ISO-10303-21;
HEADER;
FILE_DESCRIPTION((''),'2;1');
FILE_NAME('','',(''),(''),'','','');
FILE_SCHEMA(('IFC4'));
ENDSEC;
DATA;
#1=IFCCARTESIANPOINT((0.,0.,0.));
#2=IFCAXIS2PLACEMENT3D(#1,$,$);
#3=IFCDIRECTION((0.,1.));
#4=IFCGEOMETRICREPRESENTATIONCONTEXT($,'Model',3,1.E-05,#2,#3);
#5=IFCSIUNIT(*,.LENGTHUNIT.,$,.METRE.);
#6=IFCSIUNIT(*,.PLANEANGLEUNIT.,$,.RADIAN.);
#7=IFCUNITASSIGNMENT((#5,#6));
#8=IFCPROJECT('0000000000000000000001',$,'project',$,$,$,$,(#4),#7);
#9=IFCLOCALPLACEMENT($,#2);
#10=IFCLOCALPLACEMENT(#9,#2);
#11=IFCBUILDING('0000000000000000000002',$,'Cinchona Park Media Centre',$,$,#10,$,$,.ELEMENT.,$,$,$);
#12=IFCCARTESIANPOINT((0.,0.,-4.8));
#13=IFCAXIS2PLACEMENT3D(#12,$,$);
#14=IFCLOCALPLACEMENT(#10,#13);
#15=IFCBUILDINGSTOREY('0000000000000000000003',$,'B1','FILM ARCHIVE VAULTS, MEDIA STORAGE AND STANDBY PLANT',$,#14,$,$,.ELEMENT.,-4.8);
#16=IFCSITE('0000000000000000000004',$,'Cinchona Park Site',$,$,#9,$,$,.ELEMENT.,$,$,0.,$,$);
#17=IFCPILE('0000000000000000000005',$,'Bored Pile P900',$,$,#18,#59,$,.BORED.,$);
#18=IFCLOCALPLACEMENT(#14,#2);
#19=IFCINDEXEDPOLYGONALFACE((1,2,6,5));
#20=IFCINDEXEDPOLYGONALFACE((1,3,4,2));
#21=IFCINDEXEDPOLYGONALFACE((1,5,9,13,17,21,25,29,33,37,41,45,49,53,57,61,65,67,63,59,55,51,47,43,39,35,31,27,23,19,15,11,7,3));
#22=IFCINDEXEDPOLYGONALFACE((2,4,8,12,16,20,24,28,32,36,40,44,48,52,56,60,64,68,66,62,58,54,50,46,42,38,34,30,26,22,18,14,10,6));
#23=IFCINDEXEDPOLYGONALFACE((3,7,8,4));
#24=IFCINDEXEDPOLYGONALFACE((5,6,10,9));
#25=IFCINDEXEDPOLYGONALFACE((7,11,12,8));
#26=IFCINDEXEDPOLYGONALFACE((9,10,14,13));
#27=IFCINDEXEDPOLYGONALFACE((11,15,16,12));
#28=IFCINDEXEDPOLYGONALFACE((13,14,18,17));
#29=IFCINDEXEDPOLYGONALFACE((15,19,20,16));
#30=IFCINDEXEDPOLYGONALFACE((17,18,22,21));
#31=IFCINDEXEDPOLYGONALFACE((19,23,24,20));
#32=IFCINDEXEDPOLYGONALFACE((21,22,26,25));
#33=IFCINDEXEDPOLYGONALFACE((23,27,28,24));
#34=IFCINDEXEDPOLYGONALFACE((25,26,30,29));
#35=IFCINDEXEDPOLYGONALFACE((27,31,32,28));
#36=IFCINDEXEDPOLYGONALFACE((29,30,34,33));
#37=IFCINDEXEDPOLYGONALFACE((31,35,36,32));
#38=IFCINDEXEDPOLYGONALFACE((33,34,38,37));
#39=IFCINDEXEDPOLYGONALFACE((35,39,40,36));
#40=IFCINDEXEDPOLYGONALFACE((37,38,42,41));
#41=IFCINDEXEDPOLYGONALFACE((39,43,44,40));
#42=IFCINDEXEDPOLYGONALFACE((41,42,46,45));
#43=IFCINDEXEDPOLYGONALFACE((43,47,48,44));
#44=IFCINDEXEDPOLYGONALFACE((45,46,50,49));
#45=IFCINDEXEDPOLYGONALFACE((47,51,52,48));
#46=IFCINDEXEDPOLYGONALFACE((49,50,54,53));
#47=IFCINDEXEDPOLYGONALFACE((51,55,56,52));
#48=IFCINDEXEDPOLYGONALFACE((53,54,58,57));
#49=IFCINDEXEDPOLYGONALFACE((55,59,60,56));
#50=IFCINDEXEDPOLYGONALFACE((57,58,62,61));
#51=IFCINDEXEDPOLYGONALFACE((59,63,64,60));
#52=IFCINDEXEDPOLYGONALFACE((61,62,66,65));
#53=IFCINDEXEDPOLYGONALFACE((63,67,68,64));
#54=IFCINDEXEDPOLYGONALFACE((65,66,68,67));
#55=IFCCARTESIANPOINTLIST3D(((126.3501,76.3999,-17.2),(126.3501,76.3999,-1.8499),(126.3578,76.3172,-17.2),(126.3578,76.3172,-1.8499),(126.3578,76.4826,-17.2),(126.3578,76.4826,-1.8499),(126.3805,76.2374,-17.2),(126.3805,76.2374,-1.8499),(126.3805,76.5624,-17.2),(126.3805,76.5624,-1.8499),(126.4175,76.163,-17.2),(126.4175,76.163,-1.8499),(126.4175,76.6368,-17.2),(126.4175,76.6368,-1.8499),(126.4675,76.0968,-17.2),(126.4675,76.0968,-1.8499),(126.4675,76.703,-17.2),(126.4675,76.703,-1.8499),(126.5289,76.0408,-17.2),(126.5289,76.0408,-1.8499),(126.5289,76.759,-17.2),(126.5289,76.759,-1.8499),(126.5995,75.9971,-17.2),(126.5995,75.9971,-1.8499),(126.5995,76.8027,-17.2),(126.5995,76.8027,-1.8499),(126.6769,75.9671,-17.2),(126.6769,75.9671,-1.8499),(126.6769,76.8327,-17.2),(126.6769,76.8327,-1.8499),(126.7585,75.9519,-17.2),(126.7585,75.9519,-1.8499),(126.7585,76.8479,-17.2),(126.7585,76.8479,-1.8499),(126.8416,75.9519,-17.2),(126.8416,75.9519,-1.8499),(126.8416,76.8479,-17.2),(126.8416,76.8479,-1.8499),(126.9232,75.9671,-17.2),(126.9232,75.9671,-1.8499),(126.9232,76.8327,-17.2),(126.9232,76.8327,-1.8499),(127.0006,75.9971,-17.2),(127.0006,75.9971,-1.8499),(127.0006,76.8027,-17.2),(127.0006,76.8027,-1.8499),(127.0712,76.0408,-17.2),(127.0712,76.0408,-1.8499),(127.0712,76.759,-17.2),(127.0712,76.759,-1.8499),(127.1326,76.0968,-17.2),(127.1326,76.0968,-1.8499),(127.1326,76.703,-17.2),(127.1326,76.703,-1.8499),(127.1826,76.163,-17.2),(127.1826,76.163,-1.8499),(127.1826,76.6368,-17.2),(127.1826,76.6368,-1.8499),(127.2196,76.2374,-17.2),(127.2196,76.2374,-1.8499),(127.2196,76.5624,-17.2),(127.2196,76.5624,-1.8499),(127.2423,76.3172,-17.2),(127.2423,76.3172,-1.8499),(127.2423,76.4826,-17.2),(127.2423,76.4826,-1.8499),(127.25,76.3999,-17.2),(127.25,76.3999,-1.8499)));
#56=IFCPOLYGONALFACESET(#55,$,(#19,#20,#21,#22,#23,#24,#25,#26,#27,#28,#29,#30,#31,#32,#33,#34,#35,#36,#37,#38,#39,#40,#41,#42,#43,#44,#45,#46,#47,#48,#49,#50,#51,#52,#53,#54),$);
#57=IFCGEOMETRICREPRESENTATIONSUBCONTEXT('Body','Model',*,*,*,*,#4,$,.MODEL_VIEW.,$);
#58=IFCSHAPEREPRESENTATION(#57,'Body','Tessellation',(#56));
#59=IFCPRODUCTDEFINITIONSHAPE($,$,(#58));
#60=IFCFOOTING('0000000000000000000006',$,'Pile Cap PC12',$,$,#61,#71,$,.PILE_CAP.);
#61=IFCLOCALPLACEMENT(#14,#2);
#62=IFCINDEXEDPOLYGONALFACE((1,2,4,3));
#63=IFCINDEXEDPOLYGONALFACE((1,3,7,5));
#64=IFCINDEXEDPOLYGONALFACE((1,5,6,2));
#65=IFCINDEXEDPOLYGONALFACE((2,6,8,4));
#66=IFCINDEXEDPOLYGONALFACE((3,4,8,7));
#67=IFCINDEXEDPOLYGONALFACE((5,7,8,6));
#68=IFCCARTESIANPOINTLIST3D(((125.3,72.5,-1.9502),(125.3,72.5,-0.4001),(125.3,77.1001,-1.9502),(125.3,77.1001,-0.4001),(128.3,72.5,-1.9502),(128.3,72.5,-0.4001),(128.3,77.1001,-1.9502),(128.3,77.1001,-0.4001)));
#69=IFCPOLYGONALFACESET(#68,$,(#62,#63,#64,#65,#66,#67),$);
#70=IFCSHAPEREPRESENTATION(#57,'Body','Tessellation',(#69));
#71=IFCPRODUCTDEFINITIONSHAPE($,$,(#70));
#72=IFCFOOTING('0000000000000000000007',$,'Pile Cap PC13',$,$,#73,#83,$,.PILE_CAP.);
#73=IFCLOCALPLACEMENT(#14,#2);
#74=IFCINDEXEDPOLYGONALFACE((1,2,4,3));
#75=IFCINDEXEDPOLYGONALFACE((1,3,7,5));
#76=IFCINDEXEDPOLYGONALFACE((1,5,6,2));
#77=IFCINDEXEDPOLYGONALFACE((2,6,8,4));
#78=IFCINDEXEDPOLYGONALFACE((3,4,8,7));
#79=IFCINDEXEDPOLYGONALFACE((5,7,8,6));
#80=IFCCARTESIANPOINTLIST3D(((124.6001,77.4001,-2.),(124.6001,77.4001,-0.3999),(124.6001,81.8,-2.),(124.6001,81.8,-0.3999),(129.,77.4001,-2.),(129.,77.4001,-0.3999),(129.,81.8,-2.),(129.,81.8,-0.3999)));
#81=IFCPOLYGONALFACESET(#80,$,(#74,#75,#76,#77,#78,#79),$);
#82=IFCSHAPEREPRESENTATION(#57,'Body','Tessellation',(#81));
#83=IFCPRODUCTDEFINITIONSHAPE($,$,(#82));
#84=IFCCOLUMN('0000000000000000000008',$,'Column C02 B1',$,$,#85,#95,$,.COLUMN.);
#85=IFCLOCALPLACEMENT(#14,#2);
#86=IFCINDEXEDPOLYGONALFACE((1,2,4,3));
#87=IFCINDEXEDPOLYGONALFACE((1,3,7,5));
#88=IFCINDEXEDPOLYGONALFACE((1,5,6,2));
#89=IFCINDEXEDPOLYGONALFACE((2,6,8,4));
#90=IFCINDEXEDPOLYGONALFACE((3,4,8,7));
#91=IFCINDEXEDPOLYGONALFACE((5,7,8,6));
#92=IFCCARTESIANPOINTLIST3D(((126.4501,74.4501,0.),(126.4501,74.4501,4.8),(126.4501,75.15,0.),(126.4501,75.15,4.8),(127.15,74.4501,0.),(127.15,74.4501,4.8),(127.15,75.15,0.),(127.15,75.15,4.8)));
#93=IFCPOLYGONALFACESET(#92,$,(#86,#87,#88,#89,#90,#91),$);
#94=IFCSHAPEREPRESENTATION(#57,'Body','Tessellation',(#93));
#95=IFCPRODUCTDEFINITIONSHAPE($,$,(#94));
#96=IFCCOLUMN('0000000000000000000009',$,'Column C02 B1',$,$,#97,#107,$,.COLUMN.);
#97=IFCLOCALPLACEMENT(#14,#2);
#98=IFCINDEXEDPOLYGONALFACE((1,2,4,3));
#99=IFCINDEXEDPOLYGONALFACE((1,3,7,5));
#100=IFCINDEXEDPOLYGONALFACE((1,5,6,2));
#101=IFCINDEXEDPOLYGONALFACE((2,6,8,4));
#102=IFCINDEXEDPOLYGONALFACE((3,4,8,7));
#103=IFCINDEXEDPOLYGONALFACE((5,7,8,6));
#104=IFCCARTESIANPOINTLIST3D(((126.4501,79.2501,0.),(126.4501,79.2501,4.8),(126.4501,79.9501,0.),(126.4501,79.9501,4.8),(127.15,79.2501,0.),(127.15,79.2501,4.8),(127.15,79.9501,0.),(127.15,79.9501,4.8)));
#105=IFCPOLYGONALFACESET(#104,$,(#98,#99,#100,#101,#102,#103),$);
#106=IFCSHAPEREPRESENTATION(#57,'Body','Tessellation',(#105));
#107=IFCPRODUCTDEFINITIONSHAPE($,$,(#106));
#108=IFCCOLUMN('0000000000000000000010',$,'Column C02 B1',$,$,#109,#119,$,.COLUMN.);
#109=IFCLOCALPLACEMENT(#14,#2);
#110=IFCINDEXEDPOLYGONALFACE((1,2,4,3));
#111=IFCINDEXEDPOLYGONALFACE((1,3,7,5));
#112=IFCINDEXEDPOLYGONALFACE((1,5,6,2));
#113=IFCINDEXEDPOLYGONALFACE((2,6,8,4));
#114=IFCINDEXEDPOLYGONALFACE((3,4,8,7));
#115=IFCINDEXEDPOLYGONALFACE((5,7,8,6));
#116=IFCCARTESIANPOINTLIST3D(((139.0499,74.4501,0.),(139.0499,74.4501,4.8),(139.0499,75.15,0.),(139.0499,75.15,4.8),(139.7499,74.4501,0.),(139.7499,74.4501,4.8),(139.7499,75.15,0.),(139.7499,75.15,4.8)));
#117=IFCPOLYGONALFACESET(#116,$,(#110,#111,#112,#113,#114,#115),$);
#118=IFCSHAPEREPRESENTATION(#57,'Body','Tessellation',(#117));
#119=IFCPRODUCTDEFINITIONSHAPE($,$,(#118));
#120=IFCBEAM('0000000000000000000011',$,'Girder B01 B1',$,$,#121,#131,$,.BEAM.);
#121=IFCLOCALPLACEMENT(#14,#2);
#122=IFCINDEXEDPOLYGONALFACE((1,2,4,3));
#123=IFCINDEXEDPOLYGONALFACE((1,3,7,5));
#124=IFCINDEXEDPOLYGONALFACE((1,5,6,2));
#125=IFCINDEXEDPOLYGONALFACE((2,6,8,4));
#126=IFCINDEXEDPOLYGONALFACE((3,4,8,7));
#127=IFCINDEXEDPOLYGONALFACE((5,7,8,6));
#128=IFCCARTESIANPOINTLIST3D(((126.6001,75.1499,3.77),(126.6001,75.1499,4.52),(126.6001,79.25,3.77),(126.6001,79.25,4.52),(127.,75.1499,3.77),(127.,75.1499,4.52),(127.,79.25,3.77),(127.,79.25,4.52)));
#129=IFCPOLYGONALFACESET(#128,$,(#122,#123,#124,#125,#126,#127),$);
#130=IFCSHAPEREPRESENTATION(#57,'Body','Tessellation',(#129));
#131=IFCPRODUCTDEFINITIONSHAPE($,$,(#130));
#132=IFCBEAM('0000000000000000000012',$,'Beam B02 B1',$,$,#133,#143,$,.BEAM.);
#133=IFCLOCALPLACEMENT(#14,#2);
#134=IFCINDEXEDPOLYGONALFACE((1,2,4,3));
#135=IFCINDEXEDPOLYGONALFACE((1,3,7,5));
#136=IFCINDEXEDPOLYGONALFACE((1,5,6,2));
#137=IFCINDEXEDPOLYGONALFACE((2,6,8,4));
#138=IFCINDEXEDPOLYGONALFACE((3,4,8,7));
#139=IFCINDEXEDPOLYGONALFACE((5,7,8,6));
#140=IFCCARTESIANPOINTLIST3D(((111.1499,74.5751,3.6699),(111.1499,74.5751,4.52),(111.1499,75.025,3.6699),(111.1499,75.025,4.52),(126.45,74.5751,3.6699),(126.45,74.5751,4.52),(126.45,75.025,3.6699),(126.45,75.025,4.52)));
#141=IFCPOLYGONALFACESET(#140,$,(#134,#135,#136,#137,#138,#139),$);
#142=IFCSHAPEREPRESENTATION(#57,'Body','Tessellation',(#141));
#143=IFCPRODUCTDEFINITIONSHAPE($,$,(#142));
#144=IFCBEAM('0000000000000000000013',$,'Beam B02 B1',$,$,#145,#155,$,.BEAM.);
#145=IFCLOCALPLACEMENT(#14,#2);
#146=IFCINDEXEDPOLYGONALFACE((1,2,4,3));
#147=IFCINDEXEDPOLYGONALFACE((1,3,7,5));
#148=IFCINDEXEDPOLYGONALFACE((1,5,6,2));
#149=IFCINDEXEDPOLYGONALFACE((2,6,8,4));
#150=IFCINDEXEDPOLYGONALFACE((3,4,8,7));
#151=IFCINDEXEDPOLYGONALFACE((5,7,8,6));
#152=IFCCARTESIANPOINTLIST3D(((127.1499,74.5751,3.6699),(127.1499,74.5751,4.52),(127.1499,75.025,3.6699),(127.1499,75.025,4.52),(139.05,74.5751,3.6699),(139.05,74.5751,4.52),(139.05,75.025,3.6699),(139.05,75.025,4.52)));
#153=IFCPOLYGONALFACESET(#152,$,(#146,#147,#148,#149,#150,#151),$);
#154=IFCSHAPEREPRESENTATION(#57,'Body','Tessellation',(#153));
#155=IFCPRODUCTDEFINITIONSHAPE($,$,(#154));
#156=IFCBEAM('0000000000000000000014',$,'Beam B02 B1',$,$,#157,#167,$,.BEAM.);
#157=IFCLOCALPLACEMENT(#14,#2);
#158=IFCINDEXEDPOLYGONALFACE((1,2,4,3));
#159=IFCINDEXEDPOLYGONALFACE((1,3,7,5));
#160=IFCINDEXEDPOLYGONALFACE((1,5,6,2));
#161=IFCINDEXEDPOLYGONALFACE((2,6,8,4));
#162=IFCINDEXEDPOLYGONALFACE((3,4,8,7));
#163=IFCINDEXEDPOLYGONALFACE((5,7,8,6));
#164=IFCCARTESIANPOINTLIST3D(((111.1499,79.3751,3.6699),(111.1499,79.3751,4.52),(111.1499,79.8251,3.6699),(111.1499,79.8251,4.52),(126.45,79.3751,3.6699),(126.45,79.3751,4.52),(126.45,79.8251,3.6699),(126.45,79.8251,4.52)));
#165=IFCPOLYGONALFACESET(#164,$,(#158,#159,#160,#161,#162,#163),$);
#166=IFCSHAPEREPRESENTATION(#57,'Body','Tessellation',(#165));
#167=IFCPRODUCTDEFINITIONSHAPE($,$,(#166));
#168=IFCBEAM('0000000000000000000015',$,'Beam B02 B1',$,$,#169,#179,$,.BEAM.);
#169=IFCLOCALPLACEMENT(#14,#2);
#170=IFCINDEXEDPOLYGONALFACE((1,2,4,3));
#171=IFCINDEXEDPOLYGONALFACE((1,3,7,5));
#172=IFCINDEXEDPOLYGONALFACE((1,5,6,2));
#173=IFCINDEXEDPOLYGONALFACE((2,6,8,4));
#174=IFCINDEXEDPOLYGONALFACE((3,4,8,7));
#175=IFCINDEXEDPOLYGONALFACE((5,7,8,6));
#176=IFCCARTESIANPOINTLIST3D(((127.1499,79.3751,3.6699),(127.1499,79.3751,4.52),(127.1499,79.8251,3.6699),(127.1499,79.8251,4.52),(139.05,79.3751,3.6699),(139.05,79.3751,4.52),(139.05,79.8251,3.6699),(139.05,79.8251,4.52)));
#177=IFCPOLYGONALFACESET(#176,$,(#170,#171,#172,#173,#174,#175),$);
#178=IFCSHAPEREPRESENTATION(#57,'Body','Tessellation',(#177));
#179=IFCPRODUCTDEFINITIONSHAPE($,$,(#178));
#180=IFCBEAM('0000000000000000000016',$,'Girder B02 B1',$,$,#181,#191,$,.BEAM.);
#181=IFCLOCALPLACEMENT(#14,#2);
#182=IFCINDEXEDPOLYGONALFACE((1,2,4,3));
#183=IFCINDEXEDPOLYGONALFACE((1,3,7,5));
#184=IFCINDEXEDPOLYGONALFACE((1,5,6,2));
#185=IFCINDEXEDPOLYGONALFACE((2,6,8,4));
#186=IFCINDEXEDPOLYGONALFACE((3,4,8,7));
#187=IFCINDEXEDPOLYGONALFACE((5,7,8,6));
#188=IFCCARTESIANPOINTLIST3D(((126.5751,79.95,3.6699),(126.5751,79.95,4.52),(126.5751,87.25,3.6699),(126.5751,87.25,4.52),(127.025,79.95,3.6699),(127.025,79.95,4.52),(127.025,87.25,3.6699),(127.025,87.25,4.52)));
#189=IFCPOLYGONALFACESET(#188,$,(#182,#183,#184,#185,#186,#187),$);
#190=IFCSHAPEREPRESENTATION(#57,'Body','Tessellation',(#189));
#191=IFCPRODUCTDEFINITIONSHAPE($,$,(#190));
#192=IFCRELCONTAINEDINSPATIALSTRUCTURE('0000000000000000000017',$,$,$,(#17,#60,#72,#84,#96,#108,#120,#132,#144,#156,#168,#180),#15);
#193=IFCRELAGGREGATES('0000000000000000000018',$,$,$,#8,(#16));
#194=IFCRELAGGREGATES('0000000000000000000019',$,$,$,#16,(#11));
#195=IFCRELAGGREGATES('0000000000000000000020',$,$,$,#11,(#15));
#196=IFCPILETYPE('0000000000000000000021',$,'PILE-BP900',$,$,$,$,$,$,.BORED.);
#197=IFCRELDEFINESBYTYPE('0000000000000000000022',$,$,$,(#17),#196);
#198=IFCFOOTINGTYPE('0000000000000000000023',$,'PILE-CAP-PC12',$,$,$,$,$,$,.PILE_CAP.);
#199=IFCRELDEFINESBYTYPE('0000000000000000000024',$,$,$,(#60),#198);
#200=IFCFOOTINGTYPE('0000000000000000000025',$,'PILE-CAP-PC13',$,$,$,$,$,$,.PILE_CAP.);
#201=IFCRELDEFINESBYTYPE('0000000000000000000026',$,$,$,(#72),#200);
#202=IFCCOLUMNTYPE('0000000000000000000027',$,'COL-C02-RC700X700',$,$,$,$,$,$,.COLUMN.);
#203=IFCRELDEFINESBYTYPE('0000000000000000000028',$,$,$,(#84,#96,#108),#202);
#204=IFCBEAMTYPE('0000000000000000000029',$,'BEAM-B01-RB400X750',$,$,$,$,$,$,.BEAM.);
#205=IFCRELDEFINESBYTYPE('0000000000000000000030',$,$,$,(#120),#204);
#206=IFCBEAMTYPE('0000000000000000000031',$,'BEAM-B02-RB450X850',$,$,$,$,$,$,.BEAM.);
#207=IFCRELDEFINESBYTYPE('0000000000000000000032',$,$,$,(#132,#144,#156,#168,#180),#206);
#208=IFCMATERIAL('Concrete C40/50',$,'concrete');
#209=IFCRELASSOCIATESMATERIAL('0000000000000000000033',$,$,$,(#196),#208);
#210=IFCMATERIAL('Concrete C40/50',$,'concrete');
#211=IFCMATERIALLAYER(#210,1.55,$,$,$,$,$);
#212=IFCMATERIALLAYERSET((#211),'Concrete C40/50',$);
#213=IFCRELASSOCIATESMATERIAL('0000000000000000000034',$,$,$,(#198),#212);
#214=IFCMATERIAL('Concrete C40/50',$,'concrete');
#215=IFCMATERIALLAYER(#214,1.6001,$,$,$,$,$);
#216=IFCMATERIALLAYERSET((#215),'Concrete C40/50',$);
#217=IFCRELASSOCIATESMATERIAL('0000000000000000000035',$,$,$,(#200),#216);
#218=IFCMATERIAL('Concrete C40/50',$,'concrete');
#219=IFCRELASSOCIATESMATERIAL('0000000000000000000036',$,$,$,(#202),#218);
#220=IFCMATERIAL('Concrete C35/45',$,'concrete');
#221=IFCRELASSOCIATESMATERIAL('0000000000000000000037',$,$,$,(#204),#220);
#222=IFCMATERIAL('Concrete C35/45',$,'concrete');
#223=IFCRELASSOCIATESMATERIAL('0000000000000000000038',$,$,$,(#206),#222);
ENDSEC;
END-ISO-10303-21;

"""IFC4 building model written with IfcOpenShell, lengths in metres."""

from ifc_helpers import new_model, si_unit, direction, frame, origin, origin_2d, place, context, subcontext, project, spatial, rectangle, circle, extrude, material, layer, layer_set, material_profile, profile_set, type_object, element, save


model = new_model("IFC4")

# Units and contexts
model_context = context("Model", 3, precision=1e-05, world=origin(), true_north=direction((0.0, 1.0)))
body_context = subcontext(model_context, "Body", "Model", "MODEL_VIEW")
ifc_project = project(units=[si_unit("LENGTHUNIT", "METRE"), si_unit("PLANEANGLEUNIT", "RADIAN")], contexts=[model_context])

# Site, building, storey
site_placement = place(None, origin())
site = spatial("IfcSite", under=ifc_project, at=site_placement, Name="Cinchona Park Site", CompositionType="ELEMENT", RefElevation=0.0)
building_placement = place(site_placement, origin())
building = spatial("IfcBuilding", under=site, at=building_placement, Name="Cinchona Park Media Centre", CompositionType="ELEMENT")
storey_placement = place(building_placement, frame((0.0, 0.0, -4.8)))
storey = spatial("IfcBuildingStorey", under=building, at=storey_placement, Name="B1", Description="FILM ARCHIVE VAULTS, MEDIA STORAGE AND STANDBY PLANT", CompositionType="ELEMENT", Elevation=-4.8)

# Pile
ifc_material_1 = material(Name="Concrete C40/50", Category="concrete")
ifc_material_profile_1 = material_profile(ifc_material_1, circle(Radius=0.45, at=origin_2d()), Name="BORED PILE 900")
ifc_profile_set_1 = profile_set([ifc_material_profile_1], Name="Concrete C40/50")
pile_type_1 = type_object("IfcPileType", Name="PILE-BP900", PredefinedType="BORED", material=ifc_profile_set_1)
for number, where, z_axis, x_axis, name in (
    (1, (126.8, 76.3999, -1.8499), (0.0, 0.0, -1.0), (1.0, 0.0, 0.0), "Bored Pile P900"),
):
    element("IfcPile", number, at=place(storey_placement, frame(where, z_axis=z_axis, x_axis=x_axis)), inside=storey, type_object=pile_type_1, Name=name, PredefinedType="BORED", context=body_context, shape_type="SweptSolid", body=[
        extrude(circle(Radius=0.45, at=origin_2d()), origin(), (0.0, 0.0, 1.0), 15.3501),
    ])

# Footings
ifc_material_2 = material(Name="Concrete C40/50", Category="concrete")
ifc_layer_1 = layer(ifc_material_2, 1.55)
ifc_layer_set_1 = layer_set([ifc_layer_1], Name="Concrete C40/50")
footing_type_1 = type_object("IfcFootingType", Name="PILE-CAP-PC12", PredefinedType="PILE_CAP", material=ifc_layer_set_1)
footing_1_placement = place(storey_placement, frame((126.8, 74.8, -1.9502), z_axis=(0.0, 0.0, 1.0), x_axis=(1.0, 0.0, 0.0)))
element("IfcFooting", 2, at=footing_1_placement, inside=storey, type_object=footing_type_1, Name="Pile Cap PC12", PredefinedType="PILE_CAP", context=body_context, shape_type="SweptSolid", body=[
    extrude(rectangle(XDim=3.0, YDim=4.6001, at=origin_2d()), origin(), (0.0, 0.0, 1.0), 1.55),
])
ifc_material_3 = material(Name="Concrete C40/50", Category="concrete")
ifc_layer_2 = layer(ifc_material_3, 1.6001)
ifc_layer_set_2 = layer_set([ifc_layer_2], Name="Concrete C40/50")
footing_type_2 = type_object("IfcFootingType", Name="PILE-CAP-PC13", PredefinedType="PILE_CAP", material=ifc_layer_set_2)
footing_2_placement = place(storey_placement, frame((126.8, 79.6001, -2.0), z_axis=(0.0, 0.0, 1.0), x_axis=(1.0, 0.0, 0.0)))
element("IfcFooting", 3, at=footing_2_placement, inside=storey, type_object=footing_type_2, Name="Pile Cap PC13", PredefinedType="PILE_CAP", context=body_context, shape_type="SweptSolid", body=[
    extrude(rectangle(XDim=4.3999, YDim=4.3999, at=origin_2d()), origin(), (0.0, 0.0, 1.0), 1.6001),
])

# Columns
ifc_material_4 = material(Name="Concrete C40/50", Category="concrete")
ifc_material_profile_2 = material_profile(ifc_material_4, rectangle(XDim=0.7, YDim=0.7, at=origin_2d()), Name="RC 700X700")
ifc_profile_set_2 = profile_set([ifc_material_profile_2], Name="Concrete C40/50")
column_type = type_object("IfcColumnType", Name="COL-C02-RC700X700", PredefinedType="COLUMN", material=ifc_profile_set_2)
for number, where, z_axis, x_axis, name in (
    (4, (126.8, 74.8, 0.0), (0.0, 0.0, 1.0), (1.0, 0.0, 0.0), "Column C02 B1"),
    (5, (126.8, 79.6001, 0.0), (0.0, 0.0, 1.0), (1.0, 0.0, 0.0), "Column C02 B1"),
    (6, (139.3999, 74.8, 0.0), (0.0, 0.0, 1.0), (1.0, 0.0, 0.0), "Column C02 B1"),
):
    element("IfcColumn", number, at=place(storey_placement, frame(where, z_axis=z_axis, x_axis=x_axis)), inside=storey, type_object=column_type, Name=name, PredefinedType="COLUMN", context=body_context, shape_type="SweptSolid", body=[
        extrude(rectangle(XDim=0.7, YDim=0.7, at=origin_2d()), origin(), (0.0, 0.0, 1.0), 4.8),
    ])

# Beams
ifc_material_5 = material(Name="Concrete C35/45", Category="concrete")
ifc_material_profile_3 = material_profile(ifc_material_5, rectangle(XDim=0.3999, YDim=0.75, at=origin_2d()), Name="RB 400X750")
ifc_profile_set_3 = profile_set([ifc_material_profile_3], Name="Concrete C35/45")
beam_type_1 = type_object("IfcBeamType", Name="BEAM-B01-RB400X750", PredefinedType="BEAM", material=ifc_profile_set_3)
beam_1_placement = place(storey_placement, frame((126.8, 75.1499, 4.145), z_axis=(0.0, 1.0, 0.0), x_axis=(-1.0, 0.0, 0.0)))
element("IfcBeam", 7, at=beam_1_placement, inside=storey, type_object=beam_type_1, Name="Girder B01 B1", PredefinedType="BEAM", context=body_context, shape_type="SweptSolid", body=[
    extrude(rectangle(XDim=0.3999, YDim=0.75, at=origin_2d()), origin(), (0.0, 0.0, 1.0), 4.1001),
])
ifc_material_6 = material(Name="Concrete C35/45", Category="concrete")
ifc_material_profile_4 = material_profile(ifc_material_6, rectangle(XDim=0.45, YDim=0.8501, at=origin_2d()), Name="RB 450X850")
ifc_profile_set_4 = profile_set([ifc_material_profile_4], Name="Concrete C35/45")
beam_type_2 = type_object("IfcBeamType", Name="BEAM-B02-RB450X850", PredefinedType="BEAM", material=ifc_profile_set_4)
beam_2_placement = place(storey_placement, frame((111.1499, 74.8, 4.095), z_axis=(1.0, 0.0, 0.0), x_axis=(0.0, 1.0, 0.0)))
element("IfcBeam", 8, at=beam_2_placement, inside=storey, type_object=beam_type_2, Name="Beam B02 B1", PredefinedType="BEAM", context=body_context, shape_type="SweptSolid", body=[
    extrude(rectangle(XDim=0.45, YDim=0.8501, at=origin_2d()), origin(), (0.0, 0.0, 1.0), 15.3),
])
beam_3_placement = place(storey_placement, frame((127.1499, 74.8, 4.095), z_axis=(1.0, 0.0, 0.0), x_axis=(0.0, 1.0, 0.0)))
element("IfcBeam", 9, at=beam_3_placement, inside=storey, type_object=beam_type_2, Name="Beam B02 B1", PredefinedType="BEAM", context=body_context, shape_type="SweptSolid", body=[
    extrude(rectangle(XDim=0.45, YDim=0.8501, at=origin_2d()), origin(), (0.0, 0.0, 1.0), 11.9001),
])
beam_4_placement = place(storey_placement, frame((111.1499, 79.6001, 4.095), z_axis=(1.0, 0.0, 0.0), x_axis=(0.0, 1.0, 0.0)))
element("IfcBeam", 10, at=beam_4_placement, inside=storey, type_object=beam_type_2, Name="Beam B02 B1", PredefinedType="BEAM", context=body_context, shape_type="SweptSolid", body=[
    extrude(rectangle(XDim=0.45, YDim=0.8501, at=origin_2d()), origin(), (0.0, 0.0, 1.0), 15.3),
])
beam_5_placement = place(storey_placement, frame((127.1499, 79.6001, 4.095), z_axis=(1.0, 0.0, 0.0), x_axis=(0.0, 1.0, 0.0)))
element("IfcBeam", 11, at=beam_5_placement, inside=storey, type_object=beam_type_2, Name="Beam B02 B1", PredefinedType="BEAM", context=body_context, shape_type="SweptSolid", body=[
    extrude(rectangle(XDim=0.45, YDim=0.8501, at=origin_2d()), origin(), (0.0, 0.0, 1.0), 11.9001),
])
beam_6_placement = place(storey_placement, frame((126.8, 79.95, 4.095), z_axis=(0.0, 1.0, 0.0), x_axis=(-1.0, 0.0, 0.0)))
element("IfcBeam", 12, at=beam_6_placement, inside=storey, type_object=beam_type_2, Name="Girder B02 B1", PredefinedType="BEAM", context=body_context, shape_type="SweptSolid", body=[
    extrude(rectangle(XDim=0.45, YDim=0.8501, at=origin_2d()), origin(), (0.0, 0.0, 1.0), 7.3),
])

save(model, "model.ifc")
